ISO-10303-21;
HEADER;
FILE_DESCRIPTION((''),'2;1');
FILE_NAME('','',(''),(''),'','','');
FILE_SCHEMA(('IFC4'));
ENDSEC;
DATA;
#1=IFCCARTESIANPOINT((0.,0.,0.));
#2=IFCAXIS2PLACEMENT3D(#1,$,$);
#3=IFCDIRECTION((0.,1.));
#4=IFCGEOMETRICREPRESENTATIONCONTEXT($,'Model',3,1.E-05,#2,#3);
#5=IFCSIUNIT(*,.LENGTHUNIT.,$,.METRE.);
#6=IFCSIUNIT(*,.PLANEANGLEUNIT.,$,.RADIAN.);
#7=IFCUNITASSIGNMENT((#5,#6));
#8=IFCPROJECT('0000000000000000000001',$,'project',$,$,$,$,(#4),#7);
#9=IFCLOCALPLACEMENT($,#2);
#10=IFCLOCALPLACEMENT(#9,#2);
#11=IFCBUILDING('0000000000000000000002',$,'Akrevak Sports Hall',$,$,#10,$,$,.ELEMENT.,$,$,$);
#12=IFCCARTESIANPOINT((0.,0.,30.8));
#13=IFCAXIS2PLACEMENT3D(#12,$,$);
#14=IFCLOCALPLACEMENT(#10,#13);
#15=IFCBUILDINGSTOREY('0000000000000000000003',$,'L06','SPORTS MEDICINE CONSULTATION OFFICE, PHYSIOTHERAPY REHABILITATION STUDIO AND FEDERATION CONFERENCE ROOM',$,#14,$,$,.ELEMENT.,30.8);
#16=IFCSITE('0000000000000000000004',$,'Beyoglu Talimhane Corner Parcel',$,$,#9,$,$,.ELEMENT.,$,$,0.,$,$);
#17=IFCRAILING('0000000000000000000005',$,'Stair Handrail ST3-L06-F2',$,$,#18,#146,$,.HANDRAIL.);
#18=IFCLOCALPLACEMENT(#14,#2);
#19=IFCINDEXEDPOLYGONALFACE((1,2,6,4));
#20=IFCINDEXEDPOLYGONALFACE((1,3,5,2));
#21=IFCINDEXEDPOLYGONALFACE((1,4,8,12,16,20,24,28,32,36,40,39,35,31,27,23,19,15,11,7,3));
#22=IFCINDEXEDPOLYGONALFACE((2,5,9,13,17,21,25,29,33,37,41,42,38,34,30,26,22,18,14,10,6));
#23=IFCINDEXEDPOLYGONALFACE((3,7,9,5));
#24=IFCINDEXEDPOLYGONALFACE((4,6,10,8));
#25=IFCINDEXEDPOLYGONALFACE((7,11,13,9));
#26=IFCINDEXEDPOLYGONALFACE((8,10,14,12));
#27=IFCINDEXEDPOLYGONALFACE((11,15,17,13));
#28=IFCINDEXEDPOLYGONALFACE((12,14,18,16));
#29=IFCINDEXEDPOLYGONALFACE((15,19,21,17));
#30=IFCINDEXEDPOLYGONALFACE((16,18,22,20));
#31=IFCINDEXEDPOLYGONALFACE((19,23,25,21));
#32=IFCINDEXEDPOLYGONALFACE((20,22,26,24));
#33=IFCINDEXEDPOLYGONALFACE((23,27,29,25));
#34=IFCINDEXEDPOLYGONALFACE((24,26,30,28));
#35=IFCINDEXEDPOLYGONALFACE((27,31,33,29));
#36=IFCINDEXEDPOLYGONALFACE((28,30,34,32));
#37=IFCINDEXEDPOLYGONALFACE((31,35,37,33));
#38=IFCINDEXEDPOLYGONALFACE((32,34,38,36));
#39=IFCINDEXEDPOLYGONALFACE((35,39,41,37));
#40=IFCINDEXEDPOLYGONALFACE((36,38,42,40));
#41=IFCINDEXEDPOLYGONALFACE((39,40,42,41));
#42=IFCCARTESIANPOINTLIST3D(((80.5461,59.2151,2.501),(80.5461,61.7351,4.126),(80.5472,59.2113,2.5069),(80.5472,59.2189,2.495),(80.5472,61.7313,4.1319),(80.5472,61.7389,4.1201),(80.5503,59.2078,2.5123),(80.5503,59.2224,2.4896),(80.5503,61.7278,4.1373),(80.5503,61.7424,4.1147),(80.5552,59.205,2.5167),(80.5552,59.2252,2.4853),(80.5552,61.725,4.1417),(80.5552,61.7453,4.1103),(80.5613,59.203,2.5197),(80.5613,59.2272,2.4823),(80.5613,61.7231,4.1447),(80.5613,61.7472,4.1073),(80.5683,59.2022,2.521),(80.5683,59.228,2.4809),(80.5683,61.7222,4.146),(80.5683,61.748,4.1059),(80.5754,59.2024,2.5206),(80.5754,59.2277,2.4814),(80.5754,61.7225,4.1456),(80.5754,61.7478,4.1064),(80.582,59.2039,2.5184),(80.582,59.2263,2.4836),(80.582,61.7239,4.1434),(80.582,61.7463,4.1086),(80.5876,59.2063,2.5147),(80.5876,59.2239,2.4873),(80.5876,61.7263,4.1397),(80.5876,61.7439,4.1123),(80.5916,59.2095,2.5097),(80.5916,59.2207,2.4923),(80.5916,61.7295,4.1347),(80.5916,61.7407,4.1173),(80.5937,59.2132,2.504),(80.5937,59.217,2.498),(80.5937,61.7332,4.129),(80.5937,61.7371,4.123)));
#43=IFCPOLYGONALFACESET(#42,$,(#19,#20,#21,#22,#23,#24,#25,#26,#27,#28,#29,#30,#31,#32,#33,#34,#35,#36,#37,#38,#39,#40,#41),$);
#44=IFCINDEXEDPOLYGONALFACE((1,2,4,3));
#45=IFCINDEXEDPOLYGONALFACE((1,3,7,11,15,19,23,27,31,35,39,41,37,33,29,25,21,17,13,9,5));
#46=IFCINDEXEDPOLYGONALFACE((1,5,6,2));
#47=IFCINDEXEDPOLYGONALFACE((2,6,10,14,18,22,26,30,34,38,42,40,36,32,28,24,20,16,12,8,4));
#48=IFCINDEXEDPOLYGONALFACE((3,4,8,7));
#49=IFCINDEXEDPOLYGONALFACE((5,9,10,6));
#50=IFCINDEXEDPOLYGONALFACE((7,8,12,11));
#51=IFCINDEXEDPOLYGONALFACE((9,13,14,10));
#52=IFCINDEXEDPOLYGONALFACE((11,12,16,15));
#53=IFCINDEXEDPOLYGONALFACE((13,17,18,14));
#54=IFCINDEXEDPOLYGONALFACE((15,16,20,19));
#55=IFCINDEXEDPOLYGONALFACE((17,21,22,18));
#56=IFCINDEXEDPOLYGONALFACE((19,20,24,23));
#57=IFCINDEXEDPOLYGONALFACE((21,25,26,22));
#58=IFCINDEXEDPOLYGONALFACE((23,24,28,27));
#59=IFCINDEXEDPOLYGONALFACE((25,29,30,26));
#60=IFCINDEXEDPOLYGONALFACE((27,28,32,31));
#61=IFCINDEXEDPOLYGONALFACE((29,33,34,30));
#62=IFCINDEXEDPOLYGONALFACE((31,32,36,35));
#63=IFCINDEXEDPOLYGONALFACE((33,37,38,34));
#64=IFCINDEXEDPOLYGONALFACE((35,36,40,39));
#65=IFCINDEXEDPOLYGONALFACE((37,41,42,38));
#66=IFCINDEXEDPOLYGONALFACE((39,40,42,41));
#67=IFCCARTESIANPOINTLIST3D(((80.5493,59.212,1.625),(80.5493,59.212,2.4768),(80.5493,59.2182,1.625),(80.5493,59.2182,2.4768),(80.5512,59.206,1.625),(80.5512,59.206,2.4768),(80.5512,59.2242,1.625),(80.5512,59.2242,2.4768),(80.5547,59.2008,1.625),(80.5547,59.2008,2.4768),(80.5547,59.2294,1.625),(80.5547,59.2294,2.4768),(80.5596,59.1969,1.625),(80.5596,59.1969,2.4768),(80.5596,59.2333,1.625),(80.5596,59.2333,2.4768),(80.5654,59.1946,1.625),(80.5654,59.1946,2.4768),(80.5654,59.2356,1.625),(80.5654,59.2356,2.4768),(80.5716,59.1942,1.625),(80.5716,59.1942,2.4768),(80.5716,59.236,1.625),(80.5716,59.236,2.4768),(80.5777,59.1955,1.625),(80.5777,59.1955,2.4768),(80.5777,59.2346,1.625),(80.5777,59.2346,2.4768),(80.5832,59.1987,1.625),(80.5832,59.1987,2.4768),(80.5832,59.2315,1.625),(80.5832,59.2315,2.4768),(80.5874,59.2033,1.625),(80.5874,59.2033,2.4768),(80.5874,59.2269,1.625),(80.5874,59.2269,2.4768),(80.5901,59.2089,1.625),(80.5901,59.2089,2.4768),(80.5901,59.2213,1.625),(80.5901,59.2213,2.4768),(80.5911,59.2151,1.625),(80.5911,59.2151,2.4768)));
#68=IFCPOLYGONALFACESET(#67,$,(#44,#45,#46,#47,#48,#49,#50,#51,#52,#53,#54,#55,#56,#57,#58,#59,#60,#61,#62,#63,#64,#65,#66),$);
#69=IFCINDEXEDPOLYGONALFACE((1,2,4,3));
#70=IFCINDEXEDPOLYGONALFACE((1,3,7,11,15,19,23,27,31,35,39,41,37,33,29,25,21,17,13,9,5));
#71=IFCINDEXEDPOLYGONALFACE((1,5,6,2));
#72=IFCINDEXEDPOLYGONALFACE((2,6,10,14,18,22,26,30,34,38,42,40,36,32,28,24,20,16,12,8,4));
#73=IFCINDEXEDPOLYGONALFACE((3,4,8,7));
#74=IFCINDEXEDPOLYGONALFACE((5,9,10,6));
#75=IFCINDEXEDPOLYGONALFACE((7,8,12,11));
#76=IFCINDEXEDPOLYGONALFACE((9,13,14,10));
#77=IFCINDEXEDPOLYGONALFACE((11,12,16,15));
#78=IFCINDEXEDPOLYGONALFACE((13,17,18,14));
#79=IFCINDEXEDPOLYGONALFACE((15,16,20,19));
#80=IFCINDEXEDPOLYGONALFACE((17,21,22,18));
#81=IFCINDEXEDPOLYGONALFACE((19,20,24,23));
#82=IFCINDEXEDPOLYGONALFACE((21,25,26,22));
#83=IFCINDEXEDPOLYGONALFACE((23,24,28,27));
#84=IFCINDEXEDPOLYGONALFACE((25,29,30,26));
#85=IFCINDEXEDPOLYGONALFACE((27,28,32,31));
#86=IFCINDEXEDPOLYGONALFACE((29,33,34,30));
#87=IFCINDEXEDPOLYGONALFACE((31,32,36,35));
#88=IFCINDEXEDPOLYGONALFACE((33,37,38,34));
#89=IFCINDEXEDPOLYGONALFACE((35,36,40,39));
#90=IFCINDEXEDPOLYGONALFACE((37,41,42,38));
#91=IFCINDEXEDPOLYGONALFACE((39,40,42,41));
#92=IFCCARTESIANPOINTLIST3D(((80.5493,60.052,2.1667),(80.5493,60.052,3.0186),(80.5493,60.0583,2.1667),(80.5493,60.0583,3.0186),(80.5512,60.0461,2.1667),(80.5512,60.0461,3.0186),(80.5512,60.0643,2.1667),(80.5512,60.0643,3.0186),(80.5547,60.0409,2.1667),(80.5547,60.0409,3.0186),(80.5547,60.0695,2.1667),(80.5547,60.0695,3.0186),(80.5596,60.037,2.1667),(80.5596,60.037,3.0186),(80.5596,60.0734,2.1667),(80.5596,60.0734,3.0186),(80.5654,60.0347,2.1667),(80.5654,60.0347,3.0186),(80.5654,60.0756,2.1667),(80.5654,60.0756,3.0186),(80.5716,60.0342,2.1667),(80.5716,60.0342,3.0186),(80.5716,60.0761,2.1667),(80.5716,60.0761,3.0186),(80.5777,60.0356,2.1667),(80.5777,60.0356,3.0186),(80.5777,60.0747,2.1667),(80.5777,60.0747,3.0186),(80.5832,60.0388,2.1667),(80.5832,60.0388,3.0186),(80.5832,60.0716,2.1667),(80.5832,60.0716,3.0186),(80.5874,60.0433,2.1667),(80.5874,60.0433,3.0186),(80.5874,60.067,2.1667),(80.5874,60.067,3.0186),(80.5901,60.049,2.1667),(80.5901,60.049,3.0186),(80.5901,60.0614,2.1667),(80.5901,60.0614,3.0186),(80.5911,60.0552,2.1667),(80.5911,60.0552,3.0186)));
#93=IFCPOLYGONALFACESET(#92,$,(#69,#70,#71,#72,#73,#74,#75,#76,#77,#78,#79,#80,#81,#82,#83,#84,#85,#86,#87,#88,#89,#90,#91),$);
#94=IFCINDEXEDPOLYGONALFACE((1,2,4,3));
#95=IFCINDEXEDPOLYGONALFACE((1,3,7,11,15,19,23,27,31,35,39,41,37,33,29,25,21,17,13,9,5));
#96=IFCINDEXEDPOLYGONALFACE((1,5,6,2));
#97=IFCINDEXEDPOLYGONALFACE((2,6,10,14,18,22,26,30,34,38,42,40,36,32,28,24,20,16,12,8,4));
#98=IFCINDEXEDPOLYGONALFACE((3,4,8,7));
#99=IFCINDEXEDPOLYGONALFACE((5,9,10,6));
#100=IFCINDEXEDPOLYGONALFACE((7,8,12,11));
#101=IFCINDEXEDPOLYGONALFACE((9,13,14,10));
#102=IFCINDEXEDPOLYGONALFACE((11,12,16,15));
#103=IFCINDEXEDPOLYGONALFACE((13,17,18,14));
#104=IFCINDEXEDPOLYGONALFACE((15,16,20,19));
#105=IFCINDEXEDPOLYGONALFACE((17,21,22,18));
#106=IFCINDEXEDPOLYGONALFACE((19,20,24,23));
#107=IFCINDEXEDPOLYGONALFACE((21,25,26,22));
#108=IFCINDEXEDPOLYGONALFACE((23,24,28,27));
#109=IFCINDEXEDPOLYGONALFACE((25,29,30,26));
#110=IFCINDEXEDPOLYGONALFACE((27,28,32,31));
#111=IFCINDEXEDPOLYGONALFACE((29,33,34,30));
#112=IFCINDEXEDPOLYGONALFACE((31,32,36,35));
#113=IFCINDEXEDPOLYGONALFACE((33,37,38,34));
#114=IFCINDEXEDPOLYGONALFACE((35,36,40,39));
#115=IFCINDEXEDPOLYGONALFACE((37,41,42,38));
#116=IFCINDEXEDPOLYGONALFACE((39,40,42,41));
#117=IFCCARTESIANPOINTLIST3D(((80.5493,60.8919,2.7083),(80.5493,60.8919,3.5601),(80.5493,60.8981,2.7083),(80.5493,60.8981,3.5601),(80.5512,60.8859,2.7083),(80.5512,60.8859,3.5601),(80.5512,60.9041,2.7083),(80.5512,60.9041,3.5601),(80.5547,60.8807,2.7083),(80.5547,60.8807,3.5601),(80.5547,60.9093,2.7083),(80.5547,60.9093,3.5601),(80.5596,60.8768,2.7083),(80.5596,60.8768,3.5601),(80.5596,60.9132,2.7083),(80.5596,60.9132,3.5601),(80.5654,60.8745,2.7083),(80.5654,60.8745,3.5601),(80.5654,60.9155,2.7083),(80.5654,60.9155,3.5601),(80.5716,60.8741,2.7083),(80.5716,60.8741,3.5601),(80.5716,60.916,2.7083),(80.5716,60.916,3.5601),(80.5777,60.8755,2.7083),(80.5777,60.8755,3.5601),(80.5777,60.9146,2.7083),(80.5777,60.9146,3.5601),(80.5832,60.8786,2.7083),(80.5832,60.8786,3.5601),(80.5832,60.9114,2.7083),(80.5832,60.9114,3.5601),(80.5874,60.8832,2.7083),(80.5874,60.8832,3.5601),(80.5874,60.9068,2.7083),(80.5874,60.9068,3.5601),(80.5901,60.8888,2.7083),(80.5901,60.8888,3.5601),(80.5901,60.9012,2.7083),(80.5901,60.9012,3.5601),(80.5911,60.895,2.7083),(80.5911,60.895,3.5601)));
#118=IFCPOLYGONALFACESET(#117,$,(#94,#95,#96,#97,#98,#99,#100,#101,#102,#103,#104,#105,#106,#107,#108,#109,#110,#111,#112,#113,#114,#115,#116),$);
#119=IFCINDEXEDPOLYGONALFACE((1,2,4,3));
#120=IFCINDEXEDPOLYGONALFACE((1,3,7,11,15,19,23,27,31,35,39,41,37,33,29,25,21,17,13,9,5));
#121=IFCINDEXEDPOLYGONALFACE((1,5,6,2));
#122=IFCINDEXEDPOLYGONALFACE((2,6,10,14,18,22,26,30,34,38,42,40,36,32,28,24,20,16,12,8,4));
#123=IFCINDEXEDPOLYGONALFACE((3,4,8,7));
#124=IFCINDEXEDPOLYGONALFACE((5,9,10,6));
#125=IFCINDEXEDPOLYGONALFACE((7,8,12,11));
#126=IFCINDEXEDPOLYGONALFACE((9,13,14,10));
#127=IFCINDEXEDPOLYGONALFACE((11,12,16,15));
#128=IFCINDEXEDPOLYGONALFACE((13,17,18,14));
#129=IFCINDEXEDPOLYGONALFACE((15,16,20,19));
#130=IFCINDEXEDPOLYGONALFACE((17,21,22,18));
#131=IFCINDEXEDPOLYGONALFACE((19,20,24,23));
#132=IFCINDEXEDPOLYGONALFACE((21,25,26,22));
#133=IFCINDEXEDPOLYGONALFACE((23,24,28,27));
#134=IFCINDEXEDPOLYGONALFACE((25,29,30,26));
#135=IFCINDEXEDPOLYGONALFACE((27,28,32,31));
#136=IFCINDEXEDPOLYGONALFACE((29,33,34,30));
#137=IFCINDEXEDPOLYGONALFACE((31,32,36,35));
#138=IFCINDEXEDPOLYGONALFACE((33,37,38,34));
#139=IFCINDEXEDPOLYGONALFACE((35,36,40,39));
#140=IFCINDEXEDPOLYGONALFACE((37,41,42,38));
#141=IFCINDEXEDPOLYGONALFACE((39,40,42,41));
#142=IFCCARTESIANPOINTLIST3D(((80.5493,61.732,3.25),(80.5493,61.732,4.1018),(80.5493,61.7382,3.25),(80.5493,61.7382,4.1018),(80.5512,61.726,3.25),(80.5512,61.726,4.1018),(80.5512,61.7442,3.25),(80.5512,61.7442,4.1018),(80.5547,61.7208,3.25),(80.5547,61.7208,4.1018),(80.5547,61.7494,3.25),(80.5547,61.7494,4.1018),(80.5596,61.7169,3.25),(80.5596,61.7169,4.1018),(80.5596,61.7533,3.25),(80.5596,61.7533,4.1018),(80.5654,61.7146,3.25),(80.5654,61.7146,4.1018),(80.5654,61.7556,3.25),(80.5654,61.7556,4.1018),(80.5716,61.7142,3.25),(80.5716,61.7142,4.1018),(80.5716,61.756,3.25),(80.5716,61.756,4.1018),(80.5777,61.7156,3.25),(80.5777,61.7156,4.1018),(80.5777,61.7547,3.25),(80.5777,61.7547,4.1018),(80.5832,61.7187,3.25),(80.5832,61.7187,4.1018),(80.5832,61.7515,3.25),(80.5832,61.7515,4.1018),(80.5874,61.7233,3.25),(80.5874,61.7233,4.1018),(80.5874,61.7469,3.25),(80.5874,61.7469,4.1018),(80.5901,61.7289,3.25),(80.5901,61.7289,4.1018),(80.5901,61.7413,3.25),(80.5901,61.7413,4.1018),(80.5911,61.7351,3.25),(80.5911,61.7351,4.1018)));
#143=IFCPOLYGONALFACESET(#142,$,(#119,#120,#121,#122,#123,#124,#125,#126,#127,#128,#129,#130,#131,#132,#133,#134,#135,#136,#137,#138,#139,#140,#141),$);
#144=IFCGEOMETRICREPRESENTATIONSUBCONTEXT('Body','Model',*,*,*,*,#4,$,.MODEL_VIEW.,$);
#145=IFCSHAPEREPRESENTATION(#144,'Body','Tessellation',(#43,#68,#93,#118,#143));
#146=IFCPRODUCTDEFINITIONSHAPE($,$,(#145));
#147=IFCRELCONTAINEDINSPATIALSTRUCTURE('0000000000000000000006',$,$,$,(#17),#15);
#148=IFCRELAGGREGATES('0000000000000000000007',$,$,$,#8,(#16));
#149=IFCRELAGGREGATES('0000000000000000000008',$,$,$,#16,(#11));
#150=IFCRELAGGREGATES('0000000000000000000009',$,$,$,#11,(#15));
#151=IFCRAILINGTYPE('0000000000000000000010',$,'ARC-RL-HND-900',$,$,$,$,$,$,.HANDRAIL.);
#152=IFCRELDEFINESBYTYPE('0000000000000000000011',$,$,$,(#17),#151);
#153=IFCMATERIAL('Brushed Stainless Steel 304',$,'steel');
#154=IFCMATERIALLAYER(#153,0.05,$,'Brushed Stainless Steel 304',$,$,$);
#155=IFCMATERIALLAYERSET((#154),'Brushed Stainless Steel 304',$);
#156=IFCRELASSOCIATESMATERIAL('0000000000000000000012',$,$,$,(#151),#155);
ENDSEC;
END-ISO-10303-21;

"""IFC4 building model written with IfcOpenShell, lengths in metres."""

from ifc_helpers import new_model, si_unit, direction, frame, origin, origin_2d, place, context, subcontext, project, spatial, circle, extrude, material, layer, layer_set, type_object, element, save


model = new_model("IFC4")

# Units and contexts
model_context = context("Model", 3, precision=1e-05, world=origin(), true_north=direction((0.0, 1.0)))
body_context = subcontext(model_context, "Body", "Model", "MODEL_VIEW")
ifc_project = project(units=[si_unit("LENGTHUNIT", "METRE"), si_unit("PLANEANGLEUNIT", "RADIAN")], contexts=[model_context])

# Site, building, storey
site_placement = place(None, origin())
site = spatial("IfcSite", under=ifc_project, at=site_placement, Name="Beyoglu Talimhane Corner Parcel", CompositionType="ELEMENT", RefElevation=0.0)
building_placement = place(site_placement, origin())
building = spatial("IfcBuilding", under=site, at=building_placement, Name="Akrevak Sports Hall", CompositionType="ELEMENT")
storey_placement = place(building_placement, frame((0.0, 0.0, 30.8)))
storey = spatial("IfcBuildingStorey", under=building, at=storey_placement, Name="L06", Description="SPORTS MEDICINE CONSULTATION OFFICE, PHYSIOTHERAPY REHABILITATION STUDIO AND FEDERATION CONFERENCE ROOM", CompositionType="ELEMENT", Elevation=30.8)

# Railing
ifc_material_1 = material(Name="Brushed Stainless Steel 304", Category="steel")
ifc_layer_1 = layer(ifc_material_1, 0.05, Name="Brushed Stainless Steel 304")
ifc_layer_set_1 = layer_set([ifc_layer_1], Name="Brushed Stainless Steel 304")
railing_type_1 = type_object("IfcRailingType", Name="ARC-RL-HND-900", PredefinedType="HANDRAIL", material=ifc_layer_set_1)
railing_1_placement = place(storey_placement, frame((80.5701, 59.2151, 1.625)))
element("IfcRailing", 1, at=railing_1_placement, inside=storey, type_object=railing_type_1, Name="Stair Handrail ST3-L06-F2", PredefinedType="HANDRAIL", context=body_context, shape_type="SweptSolid", body=[
    extrude(circle(Radius=0.0239, at=origin_2d()), frame((0.0, 0.0, 0.876), z_axis=(0.0, 0.840421, 0.541934), x_axis=(-1.0, 0.0, 0.0)), (0.0, 0.0, 1.0), 2.9985),
    extrude(circle(Radius=0.021, at=origin_2d()), origin(), (0.0, 0.0, 1.0), 0.8518),
    extrude(circle(Radius=0.021, at=origin_2d()), frame((0.0, 0.8401, 0.5417)), (0.0, 0.0, 1.0), 0.8518),
    extrude(circle(Radius=0.021, at=origin_2d()), frame((0.0, 1.6799, 1.0833)), (0.0, 0.0, 1.0), 0.8518),
    extrude(circle(Radius=0.021, at=origin_2d()), frame((0.0, 2.52, 1.625)), (0.0, 0.0, 1.0), 0.8518),
])

save(model, "model.ifc")
